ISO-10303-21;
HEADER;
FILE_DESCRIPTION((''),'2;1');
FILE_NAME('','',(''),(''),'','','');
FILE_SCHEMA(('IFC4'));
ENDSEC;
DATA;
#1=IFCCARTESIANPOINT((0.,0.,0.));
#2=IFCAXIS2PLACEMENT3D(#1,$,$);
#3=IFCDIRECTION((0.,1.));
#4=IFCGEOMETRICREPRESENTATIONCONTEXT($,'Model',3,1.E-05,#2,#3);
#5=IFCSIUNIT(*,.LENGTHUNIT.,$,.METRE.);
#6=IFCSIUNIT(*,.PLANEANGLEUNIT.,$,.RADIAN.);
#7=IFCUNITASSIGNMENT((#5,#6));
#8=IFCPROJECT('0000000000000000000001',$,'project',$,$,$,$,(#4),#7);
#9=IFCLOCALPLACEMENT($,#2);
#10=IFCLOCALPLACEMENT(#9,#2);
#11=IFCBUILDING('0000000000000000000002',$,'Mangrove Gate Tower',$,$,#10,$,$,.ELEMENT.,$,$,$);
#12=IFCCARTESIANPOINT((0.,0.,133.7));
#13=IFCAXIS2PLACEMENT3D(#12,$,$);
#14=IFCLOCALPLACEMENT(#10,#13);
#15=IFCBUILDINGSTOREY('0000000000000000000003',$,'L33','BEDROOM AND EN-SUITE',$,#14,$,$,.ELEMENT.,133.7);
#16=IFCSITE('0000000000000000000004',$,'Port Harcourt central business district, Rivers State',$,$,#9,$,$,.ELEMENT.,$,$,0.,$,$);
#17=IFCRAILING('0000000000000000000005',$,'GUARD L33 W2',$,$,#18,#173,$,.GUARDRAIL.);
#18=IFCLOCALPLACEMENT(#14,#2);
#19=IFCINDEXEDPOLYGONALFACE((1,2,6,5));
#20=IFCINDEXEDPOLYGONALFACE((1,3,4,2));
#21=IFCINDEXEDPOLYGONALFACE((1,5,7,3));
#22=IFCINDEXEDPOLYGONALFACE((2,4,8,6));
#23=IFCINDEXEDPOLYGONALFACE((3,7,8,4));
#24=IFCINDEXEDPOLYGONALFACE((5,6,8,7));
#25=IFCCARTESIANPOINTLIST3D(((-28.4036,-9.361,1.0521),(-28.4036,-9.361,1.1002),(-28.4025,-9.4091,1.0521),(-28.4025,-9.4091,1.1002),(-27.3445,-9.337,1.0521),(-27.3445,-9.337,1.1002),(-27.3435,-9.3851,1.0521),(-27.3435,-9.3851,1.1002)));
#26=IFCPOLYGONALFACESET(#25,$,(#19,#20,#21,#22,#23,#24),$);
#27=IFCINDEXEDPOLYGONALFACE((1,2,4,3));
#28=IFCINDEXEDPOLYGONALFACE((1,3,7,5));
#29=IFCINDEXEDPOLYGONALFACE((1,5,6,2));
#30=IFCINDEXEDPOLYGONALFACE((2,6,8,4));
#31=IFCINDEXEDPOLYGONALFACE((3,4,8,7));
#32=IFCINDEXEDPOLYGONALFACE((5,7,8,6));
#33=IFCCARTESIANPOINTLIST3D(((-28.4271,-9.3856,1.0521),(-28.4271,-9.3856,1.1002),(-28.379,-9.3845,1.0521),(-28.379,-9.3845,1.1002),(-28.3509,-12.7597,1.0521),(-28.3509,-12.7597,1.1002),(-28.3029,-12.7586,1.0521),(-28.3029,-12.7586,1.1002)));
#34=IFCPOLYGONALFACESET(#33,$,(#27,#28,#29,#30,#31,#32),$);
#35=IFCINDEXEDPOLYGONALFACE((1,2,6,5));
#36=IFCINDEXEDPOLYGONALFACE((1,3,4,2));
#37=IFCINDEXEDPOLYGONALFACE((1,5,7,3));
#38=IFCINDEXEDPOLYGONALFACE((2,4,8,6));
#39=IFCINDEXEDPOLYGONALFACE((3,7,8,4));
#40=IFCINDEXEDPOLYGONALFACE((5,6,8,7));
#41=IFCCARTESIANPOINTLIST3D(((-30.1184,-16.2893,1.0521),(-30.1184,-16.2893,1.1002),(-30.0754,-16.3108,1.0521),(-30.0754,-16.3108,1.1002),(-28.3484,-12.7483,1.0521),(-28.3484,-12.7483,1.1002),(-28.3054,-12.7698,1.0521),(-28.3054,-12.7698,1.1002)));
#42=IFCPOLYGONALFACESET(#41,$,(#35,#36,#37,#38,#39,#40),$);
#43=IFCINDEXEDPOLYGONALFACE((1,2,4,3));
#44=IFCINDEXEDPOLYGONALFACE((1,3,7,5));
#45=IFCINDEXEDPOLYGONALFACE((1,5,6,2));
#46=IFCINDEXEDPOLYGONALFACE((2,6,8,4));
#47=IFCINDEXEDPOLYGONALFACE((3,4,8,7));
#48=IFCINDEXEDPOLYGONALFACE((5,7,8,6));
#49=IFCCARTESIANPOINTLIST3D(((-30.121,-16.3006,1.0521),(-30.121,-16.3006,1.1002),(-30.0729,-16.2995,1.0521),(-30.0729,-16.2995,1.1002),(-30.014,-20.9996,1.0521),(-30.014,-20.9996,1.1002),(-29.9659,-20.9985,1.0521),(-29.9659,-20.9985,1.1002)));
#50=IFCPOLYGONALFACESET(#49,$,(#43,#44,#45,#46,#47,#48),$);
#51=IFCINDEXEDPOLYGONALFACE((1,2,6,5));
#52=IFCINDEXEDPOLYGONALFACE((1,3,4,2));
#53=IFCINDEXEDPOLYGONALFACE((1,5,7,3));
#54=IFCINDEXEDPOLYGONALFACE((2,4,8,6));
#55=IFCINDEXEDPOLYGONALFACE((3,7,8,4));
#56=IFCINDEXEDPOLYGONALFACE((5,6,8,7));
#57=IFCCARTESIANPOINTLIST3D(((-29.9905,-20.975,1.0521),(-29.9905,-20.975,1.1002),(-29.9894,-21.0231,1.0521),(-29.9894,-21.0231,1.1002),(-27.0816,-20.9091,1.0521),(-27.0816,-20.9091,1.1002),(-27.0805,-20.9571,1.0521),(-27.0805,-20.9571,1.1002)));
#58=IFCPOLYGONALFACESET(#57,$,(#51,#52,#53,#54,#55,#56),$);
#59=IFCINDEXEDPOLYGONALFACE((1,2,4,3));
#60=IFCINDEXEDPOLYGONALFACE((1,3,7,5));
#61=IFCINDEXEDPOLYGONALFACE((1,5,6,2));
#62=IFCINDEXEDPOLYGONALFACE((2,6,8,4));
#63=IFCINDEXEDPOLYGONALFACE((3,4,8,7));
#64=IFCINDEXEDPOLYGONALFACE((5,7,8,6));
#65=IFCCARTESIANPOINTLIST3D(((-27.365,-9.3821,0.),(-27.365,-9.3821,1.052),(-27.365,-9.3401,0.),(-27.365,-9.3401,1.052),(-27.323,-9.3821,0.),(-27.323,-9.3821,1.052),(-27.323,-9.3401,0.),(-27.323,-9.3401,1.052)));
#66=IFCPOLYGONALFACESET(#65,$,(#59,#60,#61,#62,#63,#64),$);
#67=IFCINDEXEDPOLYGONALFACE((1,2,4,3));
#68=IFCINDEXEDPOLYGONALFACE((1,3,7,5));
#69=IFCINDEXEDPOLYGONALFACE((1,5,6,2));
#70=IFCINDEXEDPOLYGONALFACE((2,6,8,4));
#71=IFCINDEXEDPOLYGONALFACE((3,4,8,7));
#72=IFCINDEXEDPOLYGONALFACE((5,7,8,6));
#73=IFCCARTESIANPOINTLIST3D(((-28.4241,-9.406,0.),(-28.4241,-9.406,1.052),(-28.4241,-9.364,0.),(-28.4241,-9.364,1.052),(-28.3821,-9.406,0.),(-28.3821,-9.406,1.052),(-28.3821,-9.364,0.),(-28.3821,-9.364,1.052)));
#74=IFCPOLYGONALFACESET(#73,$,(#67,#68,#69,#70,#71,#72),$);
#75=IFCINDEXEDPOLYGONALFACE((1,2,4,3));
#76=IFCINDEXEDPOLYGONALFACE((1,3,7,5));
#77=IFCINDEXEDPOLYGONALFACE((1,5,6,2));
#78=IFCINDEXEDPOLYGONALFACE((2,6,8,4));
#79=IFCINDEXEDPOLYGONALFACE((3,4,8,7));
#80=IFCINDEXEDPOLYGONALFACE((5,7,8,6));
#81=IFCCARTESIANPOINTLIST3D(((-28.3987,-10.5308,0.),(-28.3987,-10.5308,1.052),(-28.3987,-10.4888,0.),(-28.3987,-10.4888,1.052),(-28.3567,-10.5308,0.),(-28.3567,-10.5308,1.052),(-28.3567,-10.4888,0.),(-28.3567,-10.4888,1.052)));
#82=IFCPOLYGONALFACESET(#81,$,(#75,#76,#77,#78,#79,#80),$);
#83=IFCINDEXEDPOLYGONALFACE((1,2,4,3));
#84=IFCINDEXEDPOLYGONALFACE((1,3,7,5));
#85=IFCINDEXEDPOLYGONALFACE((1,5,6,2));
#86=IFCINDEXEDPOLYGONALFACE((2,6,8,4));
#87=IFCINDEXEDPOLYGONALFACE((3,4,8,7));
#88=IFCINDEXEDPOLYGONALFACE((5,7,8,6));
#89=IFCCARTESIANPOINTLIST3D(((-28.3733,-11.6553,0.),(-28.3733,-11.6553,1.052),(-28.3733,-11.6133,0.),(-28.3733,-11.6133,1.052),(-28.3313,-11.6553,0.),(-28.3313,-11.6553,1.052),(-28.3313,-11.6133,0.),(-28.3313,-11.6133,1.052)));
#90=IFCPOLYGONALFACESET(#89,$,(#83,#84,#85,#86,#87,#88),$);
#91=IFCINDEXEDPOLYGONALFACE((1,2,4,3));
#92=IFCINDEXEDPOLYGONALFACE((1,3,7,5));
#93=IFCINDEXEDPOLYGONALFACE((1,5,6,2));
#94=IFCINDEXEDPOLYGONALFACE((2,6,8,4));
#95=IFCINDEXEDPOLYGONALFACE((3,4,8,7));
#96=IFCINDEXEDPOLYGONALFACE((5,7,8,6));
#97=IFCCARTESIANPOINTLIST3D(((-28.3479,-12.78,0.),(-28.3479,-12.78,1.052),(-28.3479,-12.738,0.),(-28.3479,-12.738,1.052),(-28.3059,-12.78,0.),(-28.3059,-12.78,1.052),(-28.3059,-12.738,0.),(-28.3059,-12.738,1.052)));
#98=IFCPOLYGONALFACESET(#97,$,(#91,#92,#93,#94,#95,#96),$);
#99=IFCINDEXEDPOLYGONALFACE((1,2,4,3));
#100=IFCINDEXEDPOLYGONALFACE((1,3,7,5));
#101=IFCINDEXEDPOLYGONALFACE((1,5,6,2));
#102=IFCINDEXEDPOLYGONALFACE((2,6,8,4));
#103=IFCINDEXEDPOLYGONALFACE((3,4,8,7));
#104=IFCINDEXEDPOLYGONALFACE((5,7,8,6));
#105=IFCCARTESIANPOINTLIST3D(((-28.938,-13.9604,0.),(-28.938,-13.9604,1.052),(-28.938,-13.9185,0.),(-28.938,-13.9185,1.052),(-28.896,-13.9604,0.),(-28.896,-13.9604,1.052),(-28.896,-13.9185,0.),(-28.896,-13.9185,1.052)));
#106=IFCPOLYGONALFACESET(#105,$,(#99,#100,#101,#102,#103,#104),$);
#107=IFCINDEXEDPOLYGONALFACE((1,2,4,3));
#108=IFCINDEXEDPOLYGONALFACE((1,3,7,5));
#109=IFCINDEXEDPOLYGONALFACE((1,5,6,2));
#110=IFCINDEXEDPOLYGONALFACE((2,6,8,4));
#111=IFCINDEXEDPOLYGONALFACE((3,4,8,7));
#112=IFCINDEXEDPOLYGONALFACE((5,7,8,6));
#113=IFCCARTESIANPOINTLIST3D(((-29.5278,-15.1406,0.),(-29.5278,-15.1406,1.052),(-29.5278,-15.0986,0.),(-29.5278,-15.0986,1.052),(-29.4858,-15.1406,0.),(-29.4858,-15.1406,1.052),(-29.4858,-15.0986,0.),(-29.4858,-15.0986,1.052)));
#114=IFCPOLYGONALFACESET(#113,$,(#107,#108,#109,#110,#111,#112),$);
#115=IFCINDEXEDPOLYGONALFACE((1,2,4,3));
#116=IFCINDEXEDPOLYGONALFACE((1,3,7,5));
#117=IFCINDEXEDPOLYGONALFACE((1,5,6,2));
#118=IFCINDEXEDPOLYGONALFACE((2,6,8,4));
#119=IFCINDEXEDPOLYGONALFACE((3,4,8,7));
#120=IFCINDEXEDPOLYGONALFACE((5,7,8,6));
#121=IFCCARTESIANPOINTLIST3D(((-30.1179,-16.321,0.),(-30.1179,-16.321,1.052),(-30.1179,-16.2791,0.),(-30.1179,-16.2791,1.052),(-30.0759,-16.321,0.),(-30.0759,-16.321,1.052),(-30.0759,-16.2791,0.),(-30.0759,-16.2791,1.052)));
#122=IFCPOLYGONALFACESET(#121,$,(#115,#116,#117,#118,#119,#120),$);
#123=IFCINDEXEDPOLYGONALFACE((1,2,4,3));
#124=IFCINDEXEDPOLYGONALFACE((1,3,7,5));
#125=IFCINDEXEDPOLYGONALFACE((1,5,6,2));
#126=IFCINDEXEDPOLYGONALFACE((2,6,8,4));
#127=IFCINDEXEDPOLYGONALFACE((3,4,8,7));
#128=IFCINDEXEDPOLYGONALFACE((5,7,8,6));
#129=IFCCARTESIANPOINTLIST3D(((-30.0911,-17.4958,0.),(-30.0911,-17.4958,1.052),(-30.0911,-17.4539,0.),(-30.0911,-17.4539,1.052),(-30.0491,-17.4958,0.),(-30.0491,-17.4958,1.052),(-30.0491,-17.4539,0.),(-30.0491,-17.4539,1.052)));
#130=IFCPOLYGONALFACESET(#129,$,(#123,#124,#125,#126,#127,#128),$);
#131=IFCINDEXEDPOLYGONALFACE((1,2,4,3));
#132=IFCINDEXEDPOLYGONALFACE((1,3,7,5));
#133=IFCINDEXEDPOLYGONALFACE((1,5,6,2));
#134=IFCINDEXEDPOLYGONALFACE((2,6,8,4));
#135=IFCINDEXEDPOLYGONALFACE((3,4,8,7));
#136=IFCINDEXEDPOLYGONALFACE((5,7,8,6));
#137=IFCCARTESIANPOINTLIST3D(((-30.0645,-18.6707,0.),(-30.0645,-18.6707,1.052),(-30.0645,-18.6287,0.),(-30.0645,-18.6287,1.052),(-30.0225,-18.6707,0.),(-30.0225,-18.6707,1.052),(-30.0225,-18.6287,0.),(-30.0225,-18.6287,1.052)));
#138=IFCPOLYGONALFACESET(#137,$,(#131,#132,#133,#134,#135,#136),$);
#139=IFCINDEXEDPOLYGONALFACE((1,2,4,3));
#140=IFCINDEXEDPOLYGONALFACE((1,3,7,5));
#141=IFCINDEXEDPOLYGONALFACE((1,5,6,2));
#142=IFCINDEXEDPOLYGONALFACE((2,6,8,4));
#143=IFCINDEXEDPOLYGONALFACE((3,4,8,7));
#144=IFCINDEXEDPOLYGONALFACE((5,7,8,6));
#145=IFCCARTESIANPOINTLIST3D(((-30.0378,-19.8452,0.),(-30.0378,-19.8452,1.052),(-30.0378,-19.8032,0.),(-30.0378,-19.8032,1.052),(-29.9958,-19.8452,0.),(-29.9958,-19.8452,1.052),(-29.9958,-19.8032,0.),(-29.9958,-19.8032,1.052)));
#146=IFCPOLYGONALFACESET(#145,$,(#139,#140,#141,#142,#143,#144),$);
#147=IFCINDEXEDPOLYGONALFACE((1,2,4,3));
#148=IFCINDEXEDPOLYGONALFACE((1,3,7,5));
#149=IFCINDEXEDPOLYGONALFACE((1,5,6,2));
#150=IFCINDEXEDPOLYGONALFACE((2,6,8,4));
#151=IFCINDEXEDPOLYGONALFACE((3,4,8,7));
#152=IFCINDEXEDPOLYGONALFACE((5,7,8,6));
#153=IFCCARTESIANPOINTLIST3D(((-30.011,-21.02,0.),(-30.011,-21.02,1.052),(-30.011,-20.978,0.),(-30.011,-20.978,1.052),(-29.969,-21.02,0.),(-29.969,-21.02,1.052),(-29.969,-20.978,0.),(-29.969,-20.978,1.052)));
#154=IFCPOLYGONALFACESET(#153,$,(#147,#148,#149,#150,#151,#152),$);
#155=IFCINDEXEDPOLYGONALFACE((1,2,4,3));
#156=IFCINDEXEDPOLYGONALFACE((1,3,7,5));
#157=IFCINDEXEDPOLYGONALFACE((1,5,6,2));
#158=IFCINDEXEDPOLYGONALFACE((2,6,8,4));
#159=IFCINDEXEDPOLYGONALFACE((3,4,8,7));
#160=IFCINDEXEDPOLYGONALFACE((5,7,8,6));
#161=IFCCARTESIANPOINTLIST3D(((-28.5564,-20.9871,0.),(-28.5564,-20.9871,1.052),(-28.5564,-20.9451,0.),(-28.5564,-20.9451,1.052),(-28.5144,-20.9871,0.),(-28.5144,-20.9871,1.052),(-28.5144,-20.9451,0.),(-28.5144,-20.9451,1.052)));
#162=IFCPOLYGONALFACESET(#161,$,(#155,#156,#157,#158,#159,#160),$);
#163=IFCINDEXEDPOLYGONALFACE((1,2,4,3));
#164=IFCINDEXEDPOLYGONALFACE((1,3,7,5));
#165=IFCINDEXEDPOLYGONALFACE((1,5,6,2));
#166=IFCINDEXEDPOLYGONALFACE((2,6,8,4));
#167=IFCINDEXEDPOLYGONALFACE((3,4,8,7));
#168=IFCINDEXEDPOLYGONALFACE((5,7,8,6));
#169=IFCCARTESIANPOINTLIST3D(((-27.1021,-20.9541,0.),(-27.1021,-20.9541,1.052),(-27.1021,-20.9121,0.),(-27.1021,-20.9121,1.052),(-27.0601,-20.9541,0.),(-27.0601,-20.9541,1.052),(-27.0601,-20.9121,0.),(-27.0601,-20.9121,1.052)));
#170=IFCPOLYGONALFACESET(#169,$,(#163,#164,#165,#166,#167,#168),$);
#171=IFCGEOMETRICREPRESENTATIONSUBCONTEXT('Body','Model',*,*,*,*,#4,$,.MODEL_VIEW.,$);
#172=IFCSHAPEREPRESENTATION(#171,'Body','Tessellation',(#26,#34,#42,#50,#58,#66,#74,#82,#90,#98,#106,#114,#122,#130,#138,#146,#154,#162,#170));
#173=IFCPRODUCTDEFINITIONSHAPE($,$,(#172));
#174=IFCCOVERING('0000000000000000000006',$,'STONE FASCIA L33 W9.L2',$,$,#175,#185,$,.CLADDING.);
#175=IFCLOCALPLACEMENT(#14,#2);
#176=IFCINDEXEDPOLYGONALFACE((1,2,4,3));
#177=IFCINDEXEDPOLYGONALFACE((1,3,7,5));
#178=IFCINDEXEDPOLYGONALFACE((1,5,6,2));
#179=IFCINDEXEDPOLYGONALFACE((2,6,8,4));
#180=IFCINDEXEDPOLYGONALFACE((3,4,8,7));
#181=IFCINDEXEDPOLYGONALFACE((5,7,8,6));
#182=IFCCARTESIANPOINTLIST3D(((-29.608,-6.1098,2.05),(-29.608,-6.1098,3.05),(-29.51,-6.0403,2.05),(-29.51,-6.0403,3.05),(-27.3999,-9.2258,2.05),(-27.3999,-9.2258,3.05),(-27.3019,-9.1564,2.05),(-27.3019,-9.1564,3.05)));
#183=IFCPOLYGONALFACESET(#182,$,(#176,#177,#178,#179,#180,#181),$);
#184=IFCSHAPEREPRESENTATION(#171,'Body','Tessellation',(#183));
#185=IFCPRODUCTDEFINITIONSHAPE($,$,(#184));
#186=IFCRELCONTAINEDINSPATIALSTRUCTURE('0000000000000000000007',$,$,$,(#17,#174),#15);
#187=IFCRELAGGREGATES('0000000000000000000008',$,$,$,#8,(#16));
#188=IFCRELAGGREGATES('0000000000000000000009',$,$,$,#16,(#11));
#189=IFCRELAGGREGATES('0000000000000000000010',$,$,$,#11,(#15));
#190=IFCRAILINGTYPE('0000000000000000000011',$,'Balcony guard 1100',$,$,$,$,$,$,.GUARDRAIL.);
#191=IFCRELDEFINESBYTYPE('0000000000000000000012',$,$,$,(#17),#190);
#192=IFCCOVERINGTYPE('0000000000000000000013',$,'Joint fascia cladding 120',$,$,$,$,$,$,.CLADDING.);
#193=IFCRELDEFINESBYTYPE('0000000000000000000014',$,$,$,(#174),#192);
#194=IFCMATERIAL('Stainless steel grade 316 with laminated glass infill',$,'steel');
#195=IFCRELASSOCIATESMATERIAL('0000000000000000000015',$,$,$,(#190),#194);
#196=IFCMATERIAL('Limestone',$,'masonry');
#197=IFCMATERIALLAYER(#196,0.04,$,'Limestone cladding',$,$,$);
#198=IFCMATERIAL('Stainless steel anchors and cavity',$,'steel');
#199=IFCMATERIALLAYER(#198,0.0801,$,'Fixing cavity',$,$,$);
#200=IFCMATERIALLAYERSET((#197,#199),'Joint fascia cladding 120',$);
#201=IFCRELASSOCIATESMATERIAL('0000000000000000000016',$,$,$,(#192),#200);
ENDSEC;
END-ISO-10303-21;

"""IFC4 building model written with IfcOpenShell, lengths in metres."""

from ifc_helpers import new_model, si_unit, direction, frame, frame_2d, origin, origin_2d, place, context, subcontext, project, spatial, rectangle, extrude, material, layer, layer_set, type_object, element, save


model = new_model("IFC4")

# Units and contexts
model_context = context("Model", 3, precision=1e-05, world=origin(), true_north=direction((0.0, 1.0)))
body_context = subcontext(model_context, "Body", "Model", "MODEL_VIEW")
ifc_project = project(units=[si_unit("LENGTHUNIT", "METRE"), si_unit("PLANEANGLEUNIT", "RADIAN")], contexts=[model_context])

# Site, building, storey
site_placement = place(None, origin())
site = spatial("IfcSite", under=ifc_project, at=site_placement, Name="Port Harcourt central business district, Rivers State", CompositionType="ELEMENT", RefElevation=0.0)
building_placement = place(site_placement, origin())
building = spatial("IfcBuilding", under=site, at=building_placement, Name="Mangrove Gate Tower", CompositionType="ELEMENT")
storey_placement = place(building_placement, frame((0.0, 0.0, 133.7)))
storey = spatial("IfcBuildingStorey", under=building, at=storey_placement, Name="L33", Description="BEDROOM AND EN-SUITE", CompositionType="ELEMENT", Elevation=133.7)

# Shared definitions
ifc_material_1 = material(Name="Limestone", Category="masonry")

# Railing
ifc_material_2 = material(Name="Stainless steel grade 316 with laminated glass infill", Category="steel")
railing_type = type_object("IfcRailingType", Name="Balcony guard 1100", PredefinedType="GUARDRAIL", material=ifc_material_2)
railing_placement = place(storey_placement, frame((-27.344, -9.3611, 0.0)))
element("IfcRailing", 1, at=railing_placement, inside=storey, type_object=railing_type, Name="GUARD L33 W2", PredefinedType="GUARDRAIL", context=body_context, shape_type="SweptSolid", body=[
    extrude(rectangle(XDim=0.0481, YDim=0.0481, at=origin_2d()), frame((0.0, 0.0, 1.0762), z_axis=(-0.999745, -0.022585, 0.0), x_axis=(0.022585, -0.999745, 0.0)), (0.0, 0.0, 1.0), 1.0593),
    extrude(rectangle(XDim=0.0481, YDim=0.0481, at=origin_2d()), frame((-1.0591, -0.0239, 1.0762), z_axis=(0.02257, -0.999745, 0.0), x_axis=(0.999745, 0.02257, 0.0)), (0.0, 0.0, 1.0), 3.375),
    extrude(rectangle(XDim=0.0481, YDim=0.0481, at=origin_2d()), frame((-0.9829, -3.3979, 1.0762), z_axis=(-0.447115, -0.894477, 0.0), x_axis=(0.894477, -0.447115, 0.0)), (0.0, 0.0, 1.0), 3.9587),
    extrude(rectangle(XDim=0.0481, YDim=0.0481, at=origin_2d()), frame((-2.7529, -6.939, 1.0762), z_axis=(0.022751, -0.999741, 0.0), x_axis=(0.999741, 0.022751, 0.0)), (0.0, 0.0, 1.0), 4.7002),
    extrude(rectangle(XDim=0.0481, YDim=0.0481, at=origin_2d()), frame((-2.646, -11.6379, 1.0762), z_axis=(0.999743, 0.022655, 0.0), x_axis=(-0.022655, 0.999743, 0.0)), (0.0, 0.0, 1.0), 2.9097),
    extrude(rectangle(XDim=0.042, YDim=0.042, at=origin_2d()), origin(), (0.0, 0.0, 1.0), 1.052),
    extrude(rectangle(XDim=0.042, YDim=0.042, at=origin_2d()), frame((-1.0591, -0.0239, 0.0)), (0.0, 0.0, 1.0), 1.052),
    extrude(rectangle(XDim=0.042, YDim=0.042, at=origin_2d()), frame((-1.0337, -1.1487, 0.0)), (0.0, 0.0, 1.0), 1.052),
    extrude(rectangle(XDim=0.042, YDim=0.042, at=origin_2d()), frame((-1.0083, -2.2732, 0.0)), (0.0, 0.0, 1.0), 1.052),
    extrude(rectangle(XDim=0.042, YDim=0.042, at=origin_2d()), frame((-0.9829, -3.3979, 0.0)), (0.0, 0.0, 1.0), 1.052),
    extrude(rectangle(XDim=0.042, YDim=0.042, at=origin_2d()), frame((-1.573, -4.5784, 0.0)), (0.0, 0.0, 1.0), 1.052),
    extrude(rectangle(XDim=0.042, YDim=0.042, at=origin_2d()), frame((-2.1628, -5.7585, 0.0)), (0.0, 0.0, 1.0), 1.052),
    extrude(rectangle(XDim=0.042, YDim=0.042, at=origin_2d()), frame((-2.7529, -6.939, 0.0)), (0.0, 0.0, 1.0), 1.052),
    extrude(rectangle(XDim=0.042, YDim=0.042, at=origin_2d()), frame((-2.7261, -8.1138, 0.0)), (0.0, 0.0, 1.0), 1.052),
    extrude(rectangle(XDim=0.042, YDim=0.042, at=origin_2d()), frame((-2.6995, -9.2886, 0.0)), (0.0, 0.0, 1.0), 1.052),
    extrude(rectangle(XDim=0.042, YDim=0.042, at=origin_2d()), frame((-2.6729, -10.4631, 0.0)), (0.0, 0.0, 1.0), 1.052),
    extrude(rectangle(XDim=0.042, YDim=0.042, at=origin_2d()), frame((-2.646, -11.6379, 0.0)), (0.0, 0.0, 1.0), 1.052),
    extrude(rectangle(XDim=0.042, YDim=0.042, at=origin_2d()), frame((-1.1914, -11.605, 0.0)), (0.0, 0.0, 1.0), 1.052),
    extrude(rectangle(XDim=0.042, YDim=0.042, at=origin_2d()), frame((0.2629, -11.572, 0.0)), (0.0, 0.0, 1.0), 1.052),
])

# Covering
ifc_layer_1 = layer(ifc_material_1, 0.04, Name="Limestone cladding")
ifc_material_3 = material(Name="Stainless steel anchors and cavity", Category="steel")
ifc_layer_2 = layer(ifc_material_3, 0.0801, Name="Fixing cavity")
ifc_layer_set_1 = layer_set([ifc_layer_1, ifc_layer_2], Name="Joint fascia cladding 120")
covering_type = type_object("IfcCoveringType", Name="Joint fascia cladding 120", PredefinedType="CLADDING", material=ifc_layer_set_1)
covering_placement = place(storey_placement, frame((-29.5591, -6.075, 2.05), z_axis=(0.0, 0.0, 1.0), x_axis=(0.578168, -0.815918, 0.0)))
element("IfcCovering", 2, at=covering_placement, inside=storey, type_object=covering_type, Name="STONE FASCIA L33 W9.L2", PredefinedType="CLADDING", context=body_context, shape_type="SweptSolid", body=[
    extrude(rectangle(XDim=3.8191, YDim=0.1201, at=frame_2d((1.9097, 0.0))), origin(), (0.0, 0.0, 1.0), 1.0),
])

save(model, "model.ifc")
